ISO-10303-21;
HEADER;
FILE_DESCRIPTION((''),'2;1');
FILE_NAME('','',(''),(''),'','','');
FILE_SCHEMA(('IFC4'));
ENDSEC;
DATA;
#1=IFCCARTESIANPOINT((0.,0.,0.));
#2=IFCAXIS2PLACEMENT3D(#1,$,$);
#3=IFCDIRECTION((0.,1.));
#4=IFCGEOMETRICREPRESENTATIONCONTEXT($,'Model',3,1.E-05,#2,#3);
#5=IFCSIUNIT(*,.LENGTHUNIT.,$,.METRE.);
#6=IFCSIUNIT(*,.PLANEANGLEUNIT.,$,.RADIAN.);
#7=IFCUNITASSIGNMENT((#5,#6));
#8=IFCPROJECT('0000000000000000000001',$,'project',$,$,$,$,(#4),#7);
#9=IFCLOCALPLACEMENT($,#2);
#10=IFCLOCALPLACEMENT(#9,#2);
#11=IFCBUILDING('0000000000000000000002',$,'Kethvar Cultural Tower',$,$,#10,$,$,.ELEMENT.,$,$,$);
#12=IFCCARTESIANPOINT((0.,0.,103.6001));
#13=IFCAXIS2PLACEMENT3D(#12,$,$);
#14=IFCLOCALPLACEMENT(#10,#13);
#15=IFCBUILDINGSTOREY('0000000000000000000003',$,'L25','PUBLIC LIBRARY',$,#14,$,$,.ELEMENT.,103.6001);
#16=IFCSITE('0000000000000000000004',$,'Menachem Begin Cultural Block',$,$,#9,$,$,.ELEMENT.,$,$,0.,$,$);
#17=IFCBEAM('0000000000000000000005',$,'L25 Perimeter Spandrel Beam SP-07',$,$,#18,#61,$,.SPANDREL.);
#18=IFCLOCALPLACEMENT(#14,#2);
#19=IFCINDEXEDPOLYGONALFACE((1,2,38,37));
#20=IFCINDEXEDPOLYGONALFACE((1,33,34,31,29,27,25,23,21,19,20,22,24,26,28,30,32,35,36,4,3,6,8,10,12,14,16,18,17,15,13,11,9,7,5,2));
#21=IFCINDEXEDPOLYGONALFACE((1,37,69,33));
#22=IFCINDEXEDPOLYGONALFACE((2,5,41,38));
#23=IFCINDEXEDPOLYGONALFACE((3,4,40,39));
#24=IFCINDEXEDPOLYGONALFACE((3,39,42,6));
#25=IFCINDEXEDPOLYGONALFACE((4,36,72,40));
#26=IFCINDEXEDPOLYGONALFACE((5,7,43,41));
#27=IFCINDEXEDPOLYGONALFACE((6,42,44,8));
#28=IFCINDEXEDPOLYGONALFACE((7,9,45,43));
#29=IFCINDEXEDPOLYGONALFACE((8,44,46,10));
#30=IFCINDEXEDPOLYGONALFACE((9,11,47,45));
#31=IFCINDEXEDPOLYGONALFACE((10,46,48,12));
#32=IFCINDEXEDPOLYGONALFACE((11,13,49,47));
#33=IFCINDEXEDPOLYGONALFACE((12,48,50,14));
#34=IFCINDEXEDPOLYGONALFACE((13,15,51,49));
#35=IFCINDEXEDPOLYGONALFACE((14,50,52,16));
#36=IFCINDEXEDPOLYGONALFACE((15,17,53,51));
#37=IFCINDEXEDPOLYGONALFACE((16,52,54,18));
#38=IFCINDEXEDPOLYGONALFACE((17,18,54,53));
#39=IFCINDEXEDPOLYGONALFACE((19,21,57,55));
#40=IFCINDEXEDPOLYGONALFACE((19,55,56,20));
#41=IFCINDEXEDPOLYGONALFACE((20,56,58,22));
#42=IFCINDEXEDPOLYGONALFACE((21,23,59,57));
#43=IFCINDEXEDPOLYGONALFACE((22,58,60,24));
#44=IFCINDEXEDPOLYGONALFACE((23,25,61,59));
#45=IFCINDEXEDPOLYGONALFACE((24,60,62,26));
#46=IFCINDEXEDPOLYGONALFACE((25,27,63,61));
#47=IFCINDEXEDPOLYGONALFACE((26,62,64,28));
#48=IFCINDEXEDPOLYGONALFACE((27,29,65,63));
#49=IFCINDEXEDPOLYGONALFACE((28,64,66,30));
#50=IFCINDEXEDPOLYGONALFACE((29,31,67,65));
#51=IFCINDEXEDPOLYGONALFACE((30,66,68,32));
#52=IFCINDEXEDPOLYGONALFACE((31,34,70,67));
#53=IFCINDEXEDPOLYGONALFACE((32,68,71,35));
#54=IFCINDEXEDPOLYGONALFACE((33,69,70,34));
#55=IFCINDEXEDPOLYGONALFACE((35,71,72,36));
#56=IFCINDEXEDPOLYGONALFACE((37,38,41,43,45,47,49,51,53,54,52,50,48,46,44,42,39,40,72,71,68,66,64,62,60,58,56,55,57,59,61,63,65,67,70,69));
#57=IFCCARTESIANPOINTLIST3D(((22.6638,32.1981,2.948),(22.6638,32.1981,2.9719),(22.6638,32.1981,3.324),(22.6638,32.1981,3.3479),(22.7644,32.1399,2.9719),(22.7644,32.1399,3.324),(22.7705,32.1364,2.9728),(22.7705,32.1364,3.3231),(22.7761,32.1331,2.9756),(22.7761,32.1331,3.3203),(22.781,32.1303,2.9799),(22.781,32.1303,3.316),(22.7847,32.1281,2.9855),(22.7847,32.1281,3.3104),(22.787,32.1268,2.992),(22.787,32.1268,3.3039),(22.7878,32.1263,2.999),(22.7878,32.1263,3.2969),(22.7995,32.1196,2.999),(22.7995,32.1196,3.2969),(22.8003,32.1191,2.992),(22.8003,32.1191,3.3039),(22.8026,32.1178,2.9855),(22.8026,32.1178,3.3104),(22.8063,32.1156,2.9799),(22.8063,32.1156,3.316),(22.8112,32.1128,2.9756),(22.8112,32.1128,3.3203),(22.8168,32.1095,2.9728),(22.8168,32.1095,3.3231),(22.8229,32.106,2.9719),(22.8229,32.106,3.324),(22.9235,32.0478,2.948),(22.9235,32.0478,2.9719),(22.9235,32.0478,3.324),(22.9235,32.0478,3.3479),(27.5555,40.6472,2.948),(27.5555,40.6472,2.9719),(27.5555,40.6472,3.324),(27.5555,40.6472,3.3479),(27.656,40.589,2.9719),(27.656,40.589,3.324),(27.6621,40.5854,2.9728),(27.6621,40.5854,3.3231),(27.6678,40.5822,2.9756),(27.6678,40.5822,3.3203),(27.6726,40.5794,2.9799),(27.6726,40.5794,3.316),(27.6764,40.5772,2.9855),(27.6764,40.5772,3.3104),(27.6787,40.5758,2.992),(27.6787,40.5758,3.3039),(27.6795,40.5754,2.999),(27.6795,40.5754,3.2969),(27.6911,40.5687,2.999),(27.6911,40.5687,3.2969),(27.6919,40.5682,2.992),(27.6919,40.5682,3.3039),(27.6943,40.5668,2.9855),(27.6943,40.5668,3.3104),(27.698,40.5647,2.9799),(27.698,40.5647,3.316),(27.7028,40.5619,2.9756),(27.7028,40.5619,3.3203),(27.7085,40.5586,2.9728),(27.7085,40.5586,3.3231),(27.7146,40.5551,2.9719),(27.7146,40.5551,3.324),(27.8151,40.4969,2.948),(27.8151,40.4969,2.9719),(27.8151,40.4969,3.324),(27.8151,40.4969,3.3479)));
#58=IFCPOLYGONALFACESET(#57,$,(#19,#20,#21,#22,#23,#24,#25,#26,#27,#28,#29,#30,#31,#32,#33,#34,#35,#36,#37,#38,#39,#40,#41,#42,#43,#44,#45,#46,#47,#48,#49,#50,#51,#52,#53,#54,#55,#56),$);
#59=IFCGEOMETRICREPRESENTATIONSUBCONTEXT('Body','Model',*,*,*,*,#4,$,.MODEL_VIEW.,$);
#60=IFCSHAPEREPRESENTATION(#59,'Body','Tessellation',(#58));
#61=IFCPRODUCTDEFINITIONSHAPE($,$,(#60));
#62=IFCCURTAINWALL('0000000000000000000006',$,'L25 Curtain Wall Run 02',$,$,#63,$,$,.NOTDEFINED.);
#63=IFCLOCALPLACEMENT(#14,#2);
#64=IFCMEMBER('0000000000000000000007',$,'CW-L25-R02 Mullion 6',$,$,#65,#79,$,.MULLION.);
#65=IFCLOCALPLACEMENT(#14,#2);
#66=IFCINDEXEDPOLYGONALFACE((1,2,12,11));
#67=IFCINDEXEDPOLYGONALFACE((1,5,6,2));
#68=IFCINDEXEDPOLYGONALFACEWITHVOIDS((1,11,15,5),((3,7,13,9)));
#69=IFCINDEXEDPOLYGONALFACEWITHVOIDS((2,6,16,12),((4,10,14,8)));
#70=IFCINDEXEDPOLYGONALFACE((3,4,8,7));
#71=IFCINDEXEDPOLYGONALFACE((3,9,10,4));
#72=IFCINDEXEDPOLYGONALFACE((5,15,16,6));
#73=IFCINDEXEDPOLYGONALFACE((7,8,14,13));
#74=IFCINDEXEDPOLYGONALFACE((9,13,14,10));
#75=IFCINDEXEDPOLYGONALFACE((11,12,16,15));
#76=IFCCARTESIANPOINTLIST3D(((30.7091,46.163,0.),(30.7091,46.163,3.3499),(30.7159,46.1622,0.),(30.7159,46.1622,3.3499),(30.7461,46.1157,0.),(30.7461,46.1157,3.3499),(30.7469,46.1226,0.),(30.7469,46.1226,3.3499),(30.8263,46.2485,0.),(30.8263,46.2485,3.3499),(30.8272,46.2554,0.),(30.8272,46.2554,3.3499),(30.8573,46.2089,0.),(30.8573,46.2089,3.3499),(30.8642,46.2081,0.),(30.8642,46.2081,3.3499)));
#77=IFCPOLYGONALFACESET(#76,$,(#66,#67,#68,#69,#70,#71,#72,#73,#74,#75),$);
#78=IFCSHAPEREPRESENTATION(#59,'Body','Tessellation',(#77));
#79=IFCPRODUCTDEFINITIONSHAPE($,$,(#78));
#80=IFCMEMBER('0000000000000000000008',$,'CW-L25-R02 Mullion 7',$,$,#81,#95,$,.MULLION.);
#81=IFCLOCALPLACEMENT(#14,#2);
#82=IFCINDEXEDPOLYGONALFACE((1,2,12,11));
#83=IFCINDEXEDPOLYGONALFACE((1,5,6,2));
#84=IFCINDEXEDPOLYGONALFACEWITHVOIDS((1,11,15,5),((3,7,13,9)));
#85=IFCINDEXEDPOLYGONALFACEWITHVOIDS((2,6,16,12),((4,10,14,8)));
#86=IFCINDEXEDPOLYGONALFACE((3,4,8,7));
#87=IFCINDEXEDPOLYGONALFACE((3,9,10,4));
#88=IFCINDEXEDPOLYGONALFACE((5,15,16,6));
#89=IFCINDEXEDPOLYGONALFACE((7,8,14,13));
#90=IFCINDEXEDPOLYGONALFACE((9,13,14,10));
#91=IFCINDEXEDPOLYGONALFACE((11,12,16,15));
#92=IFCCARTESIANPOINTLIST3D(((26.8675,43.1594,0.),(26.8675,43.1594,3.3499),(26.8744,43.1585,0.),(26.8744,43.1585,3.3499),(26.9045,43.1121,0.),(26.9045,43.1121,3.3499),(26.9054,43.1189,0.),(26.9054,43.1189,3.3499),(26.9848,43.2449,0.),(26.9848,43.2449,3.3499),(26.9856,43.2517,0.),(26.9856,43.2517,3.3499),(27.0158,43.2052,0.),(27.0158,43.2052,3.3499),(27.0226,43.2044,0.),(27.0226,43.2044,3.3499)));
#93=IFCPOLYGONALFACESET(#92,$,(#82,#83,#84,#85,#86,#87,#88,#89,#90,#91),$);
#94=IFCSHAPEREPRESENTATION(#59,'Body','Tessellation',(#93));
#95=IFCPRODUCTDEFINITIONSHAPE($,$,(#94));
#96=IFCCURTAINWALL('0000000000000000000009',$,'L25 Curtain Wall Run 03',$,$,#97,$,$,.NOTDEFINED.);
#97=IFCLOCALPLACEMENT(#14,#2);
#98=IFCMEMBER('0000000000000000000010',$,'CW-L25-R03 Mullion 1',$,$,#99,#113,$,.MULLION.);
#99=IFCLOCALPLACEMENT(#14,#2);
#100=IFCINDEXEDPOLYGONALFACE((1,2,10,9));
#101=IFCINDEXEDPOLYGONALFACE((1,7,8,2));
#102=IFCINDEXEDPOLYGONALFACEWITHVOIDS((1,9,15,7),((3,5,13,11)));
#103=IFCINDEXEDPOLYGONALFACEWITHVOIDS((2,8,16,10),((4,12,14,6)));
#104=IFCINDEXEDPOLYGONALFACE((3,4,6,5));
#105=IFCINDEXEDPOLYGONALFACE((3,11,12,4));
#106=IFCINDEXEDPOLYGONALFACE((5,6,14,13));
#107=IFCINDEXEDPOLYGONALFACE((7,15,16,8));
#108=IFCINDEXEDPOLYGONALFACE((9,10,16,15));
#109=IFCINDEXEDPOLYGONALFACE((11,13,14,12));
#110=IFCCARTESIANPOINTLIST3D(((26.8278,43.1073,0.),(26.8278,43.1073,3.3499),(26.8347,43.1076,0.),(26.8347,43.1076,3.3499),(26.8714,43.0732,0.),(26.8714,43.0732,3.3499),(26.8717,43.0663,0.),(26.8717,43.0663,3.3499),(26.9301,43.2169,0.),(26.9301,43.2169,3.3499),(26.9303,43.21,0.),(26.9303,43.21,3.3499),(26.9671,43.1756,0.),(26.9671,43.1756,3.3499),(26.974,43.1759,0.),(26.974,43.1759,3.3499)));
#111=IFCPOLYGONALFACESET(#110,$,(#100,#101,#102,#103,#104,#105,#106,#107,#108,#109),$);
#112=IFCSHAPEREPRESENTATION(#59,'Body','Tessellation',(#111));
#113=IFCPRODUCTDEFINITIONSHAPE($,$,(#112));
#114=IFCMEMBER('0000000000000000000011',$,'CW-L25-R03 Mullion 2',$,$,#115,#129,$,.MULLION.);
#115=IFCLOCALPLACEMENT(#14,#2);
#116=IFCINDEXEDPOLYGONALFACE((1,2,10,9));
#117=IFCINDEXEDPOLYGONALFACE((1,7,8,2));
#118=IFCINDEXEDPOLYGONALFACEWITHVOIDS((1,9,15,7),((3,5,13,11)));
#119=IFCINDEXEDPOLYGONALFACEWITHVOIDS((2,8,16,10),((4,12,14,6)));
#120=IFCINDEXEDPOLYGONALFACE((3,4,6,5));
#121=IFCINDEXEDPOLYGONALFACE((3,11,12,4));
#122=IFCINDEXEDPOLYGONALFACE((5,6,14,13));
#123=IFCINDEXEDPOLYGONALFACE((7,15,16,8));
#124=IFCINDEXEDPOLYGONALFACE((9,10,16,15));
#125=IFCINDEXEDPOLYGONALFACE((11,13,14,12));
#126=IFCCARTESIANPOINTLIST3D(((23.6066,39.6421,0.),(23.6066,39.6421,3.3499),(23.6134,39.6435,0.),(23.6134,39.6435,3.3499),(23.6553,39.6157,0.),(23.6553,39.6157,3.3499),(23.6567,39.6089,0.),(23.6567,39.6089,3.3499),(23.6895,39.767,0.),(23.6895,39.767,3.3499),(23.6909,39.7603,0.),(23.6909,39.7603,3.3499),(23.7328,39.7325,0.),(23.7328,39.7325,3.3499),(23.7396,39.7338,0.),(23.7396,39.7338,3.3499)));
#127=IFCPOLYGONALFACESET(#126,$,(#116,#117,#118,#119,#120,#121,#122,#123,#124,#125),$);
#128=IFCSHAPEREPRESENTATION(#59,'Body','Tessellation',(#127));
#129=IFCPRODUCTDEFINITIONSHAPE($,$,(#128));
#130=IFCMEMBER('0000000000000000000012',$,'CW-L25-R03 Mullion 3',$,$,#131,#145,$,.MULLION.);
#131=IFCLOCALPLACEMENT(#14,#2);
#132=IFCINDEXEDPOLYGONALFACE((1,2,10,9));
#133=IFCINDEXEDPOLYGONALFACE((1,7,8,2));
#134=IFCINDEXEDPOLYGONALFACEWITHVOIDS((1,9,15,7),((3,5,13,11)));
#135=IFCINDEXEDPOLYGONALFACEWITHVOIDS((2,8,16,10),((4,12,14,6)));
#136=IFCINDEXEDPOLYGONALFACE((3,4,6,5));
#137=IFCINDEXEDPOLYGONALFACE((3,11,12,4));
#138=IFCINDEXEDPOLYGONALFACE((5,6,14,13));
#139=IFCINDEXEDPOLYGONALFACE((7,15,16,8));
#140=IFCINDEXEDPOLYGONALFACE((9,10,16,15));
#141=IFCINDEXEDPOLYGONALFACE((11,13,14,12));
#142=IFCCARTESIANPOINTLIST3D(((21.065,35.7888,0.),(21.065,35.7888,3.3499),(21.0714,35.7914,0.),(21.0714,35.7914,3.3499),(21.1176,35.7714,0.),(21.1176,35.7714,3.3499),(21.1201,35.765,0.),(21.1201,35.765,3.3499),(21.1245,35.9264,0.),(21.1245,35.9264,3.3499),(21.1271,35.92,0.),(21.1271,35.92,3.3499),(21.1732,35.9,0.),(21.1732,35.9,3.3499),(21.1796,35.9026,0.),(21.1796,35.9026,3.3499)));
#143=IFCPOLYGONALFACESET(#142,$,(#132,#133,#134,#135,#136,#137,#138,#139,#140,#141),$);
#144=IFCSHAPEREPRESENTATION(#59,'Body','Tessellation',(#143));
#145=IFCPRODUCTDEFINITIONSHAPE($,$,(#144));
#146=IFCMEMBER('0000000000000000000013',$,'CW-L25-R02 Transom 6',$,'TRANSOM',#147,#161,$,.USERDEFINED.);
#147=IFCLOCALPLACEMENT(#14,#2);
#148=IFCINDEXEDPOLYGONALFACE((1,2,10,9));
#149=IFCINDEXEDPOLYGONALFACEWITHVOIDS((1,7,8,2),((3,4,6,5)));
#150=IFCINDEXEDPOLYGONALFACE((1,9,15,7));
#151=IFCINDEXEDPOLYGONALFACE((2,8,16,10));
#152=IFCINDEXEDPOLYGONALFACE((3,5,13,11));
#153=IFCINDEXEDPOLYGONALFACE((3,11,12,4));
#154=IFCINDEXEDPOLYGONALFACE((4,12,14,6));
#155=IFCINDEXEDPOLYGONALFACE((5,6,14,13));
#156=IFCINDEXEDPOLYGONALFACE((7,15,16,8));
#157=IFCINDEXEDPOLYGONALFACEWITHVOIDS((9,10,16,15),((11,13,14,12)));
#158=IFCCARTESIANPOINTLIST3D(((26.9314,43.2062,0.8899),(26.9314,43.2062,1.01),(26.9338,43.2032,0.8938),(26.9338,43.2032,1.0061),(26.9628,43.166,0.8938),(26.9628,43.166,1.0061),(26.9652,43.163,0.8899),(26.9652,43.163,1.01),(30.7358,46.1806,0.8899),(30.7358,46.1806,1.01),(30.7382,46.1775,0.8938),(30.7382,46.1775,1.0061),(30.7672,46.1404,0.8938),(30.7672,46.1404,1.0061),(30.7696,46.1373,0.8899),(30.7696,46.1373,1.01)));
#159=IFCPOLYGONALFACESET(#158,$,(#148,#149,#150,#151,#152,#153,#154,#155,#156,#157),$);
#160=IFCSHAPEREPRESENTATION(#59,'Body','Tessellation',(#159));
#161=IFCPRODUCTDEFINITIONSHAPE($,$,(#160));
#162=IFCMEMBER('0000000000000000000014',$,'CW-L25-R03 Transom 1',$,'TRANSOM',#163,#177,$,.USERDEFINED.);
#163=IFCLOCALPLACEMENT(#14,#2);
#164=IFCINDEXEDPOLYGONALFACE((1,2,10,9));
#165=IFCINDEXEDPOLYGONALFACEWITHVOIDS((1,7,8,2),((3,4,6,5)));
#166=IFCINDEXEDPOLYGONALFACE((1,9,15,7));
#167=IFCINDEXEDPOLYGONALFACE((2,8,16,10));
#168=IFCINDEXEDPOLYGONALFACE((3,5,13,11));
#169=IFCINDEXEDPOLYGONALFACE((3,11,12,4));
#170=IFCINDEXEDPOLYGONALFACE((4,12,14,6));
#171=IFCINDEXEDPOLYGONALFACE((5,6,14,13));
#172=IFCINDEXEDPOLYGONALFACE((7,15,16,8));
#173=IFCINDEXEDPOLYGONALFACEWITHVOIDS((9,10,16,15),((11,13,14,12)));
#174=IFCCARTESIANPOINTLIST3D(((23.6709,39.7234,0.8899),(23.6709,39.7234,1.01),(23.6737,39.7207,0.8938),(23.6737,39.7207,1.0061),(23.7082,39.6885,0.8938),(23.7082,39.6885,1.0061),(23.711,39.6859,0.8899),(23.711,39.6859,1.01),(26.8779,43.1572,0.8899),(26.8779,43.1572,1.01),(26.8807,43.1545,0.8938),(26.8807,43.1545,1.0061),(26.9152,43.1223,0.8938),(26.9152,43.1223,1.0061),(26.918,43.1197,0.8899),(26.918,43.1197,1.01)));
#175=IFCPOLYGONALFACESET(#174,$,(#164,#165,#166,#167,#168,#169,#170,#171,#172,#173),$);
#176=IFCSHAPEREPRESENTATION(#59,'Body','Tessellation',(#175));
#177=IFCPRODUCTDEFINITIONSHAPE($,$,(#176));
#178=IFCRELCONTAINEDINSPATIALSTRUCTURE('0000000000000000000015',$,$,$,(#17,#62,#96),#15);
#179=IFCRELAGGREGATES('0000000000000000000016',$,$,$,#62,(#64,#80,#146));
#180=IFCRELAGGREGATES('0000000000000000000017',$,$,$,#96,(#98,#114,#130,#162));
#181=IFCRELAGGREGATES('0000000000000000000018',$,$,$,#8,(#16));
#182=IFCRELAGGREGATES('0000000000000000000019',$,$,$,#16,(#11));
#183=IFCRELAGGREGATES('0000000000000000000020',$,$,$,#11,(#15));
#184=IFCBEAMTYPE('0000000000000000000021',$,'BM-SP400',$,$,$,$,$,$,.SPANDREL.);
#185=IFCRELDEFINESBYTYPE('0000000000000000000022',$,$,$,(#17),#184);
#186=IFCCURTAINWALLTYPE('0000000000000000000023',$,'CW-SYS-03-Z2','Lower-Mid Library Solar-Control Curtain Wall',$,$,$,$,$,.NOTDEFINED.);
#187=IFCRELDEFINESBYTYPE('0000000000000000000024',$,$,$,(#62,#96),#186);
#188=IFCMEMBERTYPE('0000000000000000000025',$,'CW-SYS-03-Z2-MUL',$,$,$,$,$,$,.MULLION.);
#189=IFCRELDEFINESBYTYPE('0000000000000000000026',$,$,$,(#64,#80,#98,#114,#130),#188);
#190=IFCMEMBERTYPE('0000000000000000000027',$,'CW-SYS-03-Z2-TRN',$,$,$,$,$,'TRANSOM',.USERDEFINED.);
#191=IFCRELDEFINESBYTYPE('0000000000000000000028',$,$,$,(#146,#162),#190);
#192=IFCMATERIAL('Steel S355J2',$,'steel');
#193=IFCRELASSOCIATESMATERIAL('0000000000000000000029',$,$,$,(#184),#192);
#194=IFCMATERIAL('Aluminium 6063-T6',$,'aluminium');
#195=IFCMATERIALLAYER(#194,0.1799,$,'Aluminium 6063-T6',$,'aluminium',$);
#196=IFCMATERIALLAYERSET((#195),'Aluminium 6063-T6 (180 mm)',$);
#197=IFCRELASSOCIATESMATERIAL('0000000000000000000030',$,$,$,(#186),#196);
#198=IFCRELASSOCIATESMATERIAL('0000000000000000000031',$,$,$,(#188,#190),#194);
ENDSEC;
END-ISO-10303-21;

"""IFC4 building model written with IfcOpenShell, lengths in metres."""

from ifc_helpers import new_model, si_unit, direction, frame, origin, origin_2d, place, context, subcontext, project, spatial, hollow_rectangle, i_section, extrude, source, transform, mapped, material, layer, layer_set, material_profile, profile_set, type_object, element, aggregate, save


model = new_model("IFC4")

# Units and contexts
model_context = context("Model", 3, precision=1e-05, world=origin(), true_north=direction((0.0, 1.0)))
body_context = subcontext(model_context, "Body", "Model", "MODEL_VIEW")
ifc_project = project(units=[si_unit("LENGTHUNIT", "METRE"), si_unit("PLANEANGLEUNIT", "RADIAN")], contexts=[model_context])

# Site, building, storey
site_placement = place(None, origin())
site = spatial("IfcSite", under=ifc_project, at=site_placement, Name="Menachem Begin Cultural Block", CompositionType="ELEMENT", RefElevation=0.0)
building_placement = place(site_placement, origin())
building = spatial("IfcBuilding", under=site, at=building_placement, Name="Kethvar Cultural Tower", CompositionType="ELEMENT")
storey_placement = place(building_placement, frame((0.0, 0.0, 103.6001)))
storey = spatial("IfcBuildingStorey", under=building, at=storey_placement, Name="L25", Description="PUBLIC LIBRARY", CompositionType="ELEMENT", Elevation=103.6001)

# Beam
ifc_material_1 = material(Name="Steel S355J2", Category="steel")
ifc_material_profile_1 = material_profile(ifc_material_1, i_section(OverallWidth=0.3, OverallDepth=0.3999, WebThickness=0.0134, FlangeThickness=0.0239, FilletRadius=0.0271, at=origin_2d()), Name="Steel S355J2 — HEB400")
ifc_profile_set_1 = profile_set([ifc_material_profile_1], Name="Steel S355J2 — HEB400")
beam_type_1 = type_object("IfcBeamType", Name="BM-SP400", PredefinedType="SPANDREL", material=ifc_profile_set_1)
shared_shape_1 = source(origin(), body_context, "Body", "SweptSolid", [
    extrude(i_section(OverallWidth=0.3, OverallDepth=0.3999, WebThickness=0.0134, FlangeThickness=0.0239, FilletRadius=0.0271, at=origin_2d()), origin(), (0.0, 0.0, 1.0), 9.7629),
])
beam_1_placement = place(storey_placement, frame((27.6853, 40.572, 3.1479), z_axis=(-0.501043, -0.865422, 0.0), x_axis=(0.865422, -0.501043, 0.0)))
element("IfcBeam", 1, at=beam_1_placement, inside=storey, type_object=beam_type_1, Name="L25 Perimeter Spandrel Beam SP-07", PredefinedType="SPANDREL", context=body_context, shape_type="MappedRepresentation", body=[
    mapped(shared_shape_1, transform((0.0, 0.0, 0.0), scale=1.0)),
])

# Curtain walls, members
ifc_material_2 = material(Name="Aluminium 6063-T6", Category="aluminium")
ifc_layer_1 = layer(ifc_material_2, 0.1799, Name="Aluminium 6063-T6", Category="aluminium")
ifc_layer_set_1 = layer_set([ifc_layer_1], Name="Aluminium 6063-T6 (180 mm)")
curtain_wall_type = type_object("IfcCurtainWallType", Name="CW-SYS-03-Z2", Description="Lower-Mid Library Solar-Control Curtain Wall", PredefinedType="NOTDEFINED", material=ifc_layer_set_1)
curtain_wall_1_placement = place(storey_placement, origin())
curtain_wall_1 = element("IfcCurtainWall", 2, at=curtain_wall_1_placement, inside=storey, type_object=curtain_wall_type, Name="L25 Curtain Wall Run 02", PredefinedType="NOTDEFINED")
ifc_material_profile_2 = material_profile(ifc_material_2, hollow_rectangle(XDim=0.0601, YDim=0.1499, WallThickness=0.0049, at=origin_2d()), Name="Aluminium 6063-T6 — RHS150x60x5")
ifc_profile_set_2 = profile_set([ifc_material_profile_2], Name="Aluminium 6063-T6 — RHS150x60x5")
member_type_1 = type_object("IfcMemberType", Name="CW-SYS-03-Z2-MUL", PredefinedType="MULLION", material=ifc_profile_set_2)
shared_shape_2 = source(origin(), body_context, "Body", "SweptSolid", [
    extrude(hollow_rectangle(XDim=0.0601, YDim=0.1499, WallThickness=0.0049, at=origin_2d()), origin(), (0.0, 0.0, 1.0), 3.3499),
])
member_1_placement = place(storey_placement, frame((30.7866, 46.1855, 0.0), z_axis=(0.0, 0.0, 1.0), x_axis=(0.615937, -0.787796, 0.0)))
member_1 = element("IfcMember", 3, at=member_1_placement, type_object=member_type_1, Name="CW-L25-R02 Mullion 6", PredefinedType="MULLION", context=body_context, shape_type="MappedRepresentation", body=[
    mapped(shared_shape_2, transform((0.0, 0.0, 0.0), scale=1.0)),
])
member_2_placement = place(storey_placement, frame((26.9451, 43.1819, 0.0), z_axis=(0.0, 0.0, 1.0), x_axis=(0.615937, -0.787796, 0.0)))
member_2 = element("IfcMember", 4, at=member_2_placement, type_object=member_type_1, Name="CW-L25-R02 Mullion 7", PredefinedType="MULLION", context=body_context, shape_type="MappedRepresentation", body=[
    mapped(shared_shape_2, transform((0.0, 0.0, 0.0), scale=1.0)),
])
curtain_wall_2_placement = place(storey_placement, origin())
curtain_wall_2 = element("IfcCurtainWall", 5, at=curtain_wall_2_placement, inside=storey, type_object=curtain_wall_type, Name="L25 Curtain Wall Run 03", PredefinedType="NOTDEFINED")
member_3_placement = place(storey_placement, frame((26.9009, 43.1416, 0.0), z_axis=(0.0, 0.0, 1.0), x_axis=(0.730842, -0.682547, 0.0)))
member_3 = element("IfcMember", 6, at=member_3_placement, type_object=member_type_1, Name="CW-L25-R03 Mullion 1", PredefinedType="MULLION", context=body_context, shape_type="MappedRepresentation", body=[
    mapped(shared_shape_2, transform((0.0, 0.0, 0.0), scale=1.0)),
])
member_4_placement = place(storey_placement, frame((23.6731, 39.688, 0.0), z_axis=(0.0, 0.0, 1.0), x_axis=(0.833336, -0.552766, 0.0)))
member_4 = element("IfcMember", 7, at=member_4_placement, type_object=member_type_1, Name="CW-L25-R03 Mullion 2", PredefinedType="MULLION", context=body_context, shape_type="MappedRepresentation", body=[
    mapped(shared_shape_2, transform((0.0, 0.0, 0.0), scale=1.0)),
])
member_5_placement = place(storey_placement, frame((21.1223, 35.8457, 0.0), z_axis=(0.0, 0.0, 1.0), x_axis=(0.917741, -0.39718, 0.0)))
member_5 = element("IfcMember", 8, at=member_5_placement, type_object=member_type_1, Name="CW-L25-R03 Mullion 3", PredefinedType="MULLION", context=body_context, shape_type="MappedRepresentation", body=[
    mapped(shared_shape_2, transform((0.0, 0.0, 0.0), scale=1.0)),
])

# Members
ifc_material_profile_3 = material_profile(ifc_material_2, hollow_rectangle(XDim=0.0549, YDim=0.1201, WallThickness=0.0039, at=origin_2d()), Name="Aluminium 6063-T6 — RHS120x55x4")
ifc_profile_set_3 = profile_set([ifc_material_profile_3], Name="Aluminium 6063-T6 — RHS120x55x4")
member_type_2 = type_object("IfcMemberType", Name="CW-SYS-03-Z2-TRN", ElementType="TRANSOM", PredefinedType="USERDEFINED", material=ifc_profile_set_3)
shared_shape_3 = source(origin(), body_context, "Body", "SweptSolid", [
    extrude(hollow_rectangle(XDim=0.0549, YDim=0.1201, WallThickness=0.0039, at=origin_2d()), origin(), (0.0, 0.0, 1.0), 4.8291),
])
member_6_placement = place(storey_placement, frame((30.7527, 46.1589, 0.95), z_axis=(-0.787809, -0.61592, 0.0), x_axis=(0.61592, -0.787809, 0.0)))
member_6 = element("IfcMember", 9, at=member_6_placement, type_object=member_type_2, Name="CW-L25-R02 Transom 6", ObjectType="TRANSOM", PredefinedType="USERDEFINED", context=body_context, shape_type="MappedRepresentation", body=[
    mapped(shared_shape_3, transform((0.0, 0.0, 0.0), scale=1.0)),
])
shared_shape_4 = source(origin(), body_context, "Body", "SweptSolid", [
    extrude(hollow_rectangle(XDim=0.0549, YDim=0.1201, WallThickness=0.0039, at=origin_2d()), origin(), (0.0, 0.0, 1.0), 4.6985),
])
member_7_placement = place(storey_placement, frame((26.8979, 43.1384, 0.95), z_axis=(-0.682559, -0.730831, 0.0), x_axis=(0.730831, -0.682559, 0.0)))
member_7 = element("IfcMember", 10, at=member_7_placement, type_object=member_type_2, Name="CW-L25-R03 Transom 1", ObjectType="TRANSOM", PredefinedType="USERDEFINED", context=body_context, shape_type="MappedRepresentation", body=[
    mapped(shared_shape_4, transform((0.0, 0.0, 0.0), scale=1.0)),
])

aggregate(curtain_wall_1, [member_1, member_2, member_6])
aggregate(curtain_wall_2, [member_3, member_4, member_5, member_7])

save(model, "model.ifc")
